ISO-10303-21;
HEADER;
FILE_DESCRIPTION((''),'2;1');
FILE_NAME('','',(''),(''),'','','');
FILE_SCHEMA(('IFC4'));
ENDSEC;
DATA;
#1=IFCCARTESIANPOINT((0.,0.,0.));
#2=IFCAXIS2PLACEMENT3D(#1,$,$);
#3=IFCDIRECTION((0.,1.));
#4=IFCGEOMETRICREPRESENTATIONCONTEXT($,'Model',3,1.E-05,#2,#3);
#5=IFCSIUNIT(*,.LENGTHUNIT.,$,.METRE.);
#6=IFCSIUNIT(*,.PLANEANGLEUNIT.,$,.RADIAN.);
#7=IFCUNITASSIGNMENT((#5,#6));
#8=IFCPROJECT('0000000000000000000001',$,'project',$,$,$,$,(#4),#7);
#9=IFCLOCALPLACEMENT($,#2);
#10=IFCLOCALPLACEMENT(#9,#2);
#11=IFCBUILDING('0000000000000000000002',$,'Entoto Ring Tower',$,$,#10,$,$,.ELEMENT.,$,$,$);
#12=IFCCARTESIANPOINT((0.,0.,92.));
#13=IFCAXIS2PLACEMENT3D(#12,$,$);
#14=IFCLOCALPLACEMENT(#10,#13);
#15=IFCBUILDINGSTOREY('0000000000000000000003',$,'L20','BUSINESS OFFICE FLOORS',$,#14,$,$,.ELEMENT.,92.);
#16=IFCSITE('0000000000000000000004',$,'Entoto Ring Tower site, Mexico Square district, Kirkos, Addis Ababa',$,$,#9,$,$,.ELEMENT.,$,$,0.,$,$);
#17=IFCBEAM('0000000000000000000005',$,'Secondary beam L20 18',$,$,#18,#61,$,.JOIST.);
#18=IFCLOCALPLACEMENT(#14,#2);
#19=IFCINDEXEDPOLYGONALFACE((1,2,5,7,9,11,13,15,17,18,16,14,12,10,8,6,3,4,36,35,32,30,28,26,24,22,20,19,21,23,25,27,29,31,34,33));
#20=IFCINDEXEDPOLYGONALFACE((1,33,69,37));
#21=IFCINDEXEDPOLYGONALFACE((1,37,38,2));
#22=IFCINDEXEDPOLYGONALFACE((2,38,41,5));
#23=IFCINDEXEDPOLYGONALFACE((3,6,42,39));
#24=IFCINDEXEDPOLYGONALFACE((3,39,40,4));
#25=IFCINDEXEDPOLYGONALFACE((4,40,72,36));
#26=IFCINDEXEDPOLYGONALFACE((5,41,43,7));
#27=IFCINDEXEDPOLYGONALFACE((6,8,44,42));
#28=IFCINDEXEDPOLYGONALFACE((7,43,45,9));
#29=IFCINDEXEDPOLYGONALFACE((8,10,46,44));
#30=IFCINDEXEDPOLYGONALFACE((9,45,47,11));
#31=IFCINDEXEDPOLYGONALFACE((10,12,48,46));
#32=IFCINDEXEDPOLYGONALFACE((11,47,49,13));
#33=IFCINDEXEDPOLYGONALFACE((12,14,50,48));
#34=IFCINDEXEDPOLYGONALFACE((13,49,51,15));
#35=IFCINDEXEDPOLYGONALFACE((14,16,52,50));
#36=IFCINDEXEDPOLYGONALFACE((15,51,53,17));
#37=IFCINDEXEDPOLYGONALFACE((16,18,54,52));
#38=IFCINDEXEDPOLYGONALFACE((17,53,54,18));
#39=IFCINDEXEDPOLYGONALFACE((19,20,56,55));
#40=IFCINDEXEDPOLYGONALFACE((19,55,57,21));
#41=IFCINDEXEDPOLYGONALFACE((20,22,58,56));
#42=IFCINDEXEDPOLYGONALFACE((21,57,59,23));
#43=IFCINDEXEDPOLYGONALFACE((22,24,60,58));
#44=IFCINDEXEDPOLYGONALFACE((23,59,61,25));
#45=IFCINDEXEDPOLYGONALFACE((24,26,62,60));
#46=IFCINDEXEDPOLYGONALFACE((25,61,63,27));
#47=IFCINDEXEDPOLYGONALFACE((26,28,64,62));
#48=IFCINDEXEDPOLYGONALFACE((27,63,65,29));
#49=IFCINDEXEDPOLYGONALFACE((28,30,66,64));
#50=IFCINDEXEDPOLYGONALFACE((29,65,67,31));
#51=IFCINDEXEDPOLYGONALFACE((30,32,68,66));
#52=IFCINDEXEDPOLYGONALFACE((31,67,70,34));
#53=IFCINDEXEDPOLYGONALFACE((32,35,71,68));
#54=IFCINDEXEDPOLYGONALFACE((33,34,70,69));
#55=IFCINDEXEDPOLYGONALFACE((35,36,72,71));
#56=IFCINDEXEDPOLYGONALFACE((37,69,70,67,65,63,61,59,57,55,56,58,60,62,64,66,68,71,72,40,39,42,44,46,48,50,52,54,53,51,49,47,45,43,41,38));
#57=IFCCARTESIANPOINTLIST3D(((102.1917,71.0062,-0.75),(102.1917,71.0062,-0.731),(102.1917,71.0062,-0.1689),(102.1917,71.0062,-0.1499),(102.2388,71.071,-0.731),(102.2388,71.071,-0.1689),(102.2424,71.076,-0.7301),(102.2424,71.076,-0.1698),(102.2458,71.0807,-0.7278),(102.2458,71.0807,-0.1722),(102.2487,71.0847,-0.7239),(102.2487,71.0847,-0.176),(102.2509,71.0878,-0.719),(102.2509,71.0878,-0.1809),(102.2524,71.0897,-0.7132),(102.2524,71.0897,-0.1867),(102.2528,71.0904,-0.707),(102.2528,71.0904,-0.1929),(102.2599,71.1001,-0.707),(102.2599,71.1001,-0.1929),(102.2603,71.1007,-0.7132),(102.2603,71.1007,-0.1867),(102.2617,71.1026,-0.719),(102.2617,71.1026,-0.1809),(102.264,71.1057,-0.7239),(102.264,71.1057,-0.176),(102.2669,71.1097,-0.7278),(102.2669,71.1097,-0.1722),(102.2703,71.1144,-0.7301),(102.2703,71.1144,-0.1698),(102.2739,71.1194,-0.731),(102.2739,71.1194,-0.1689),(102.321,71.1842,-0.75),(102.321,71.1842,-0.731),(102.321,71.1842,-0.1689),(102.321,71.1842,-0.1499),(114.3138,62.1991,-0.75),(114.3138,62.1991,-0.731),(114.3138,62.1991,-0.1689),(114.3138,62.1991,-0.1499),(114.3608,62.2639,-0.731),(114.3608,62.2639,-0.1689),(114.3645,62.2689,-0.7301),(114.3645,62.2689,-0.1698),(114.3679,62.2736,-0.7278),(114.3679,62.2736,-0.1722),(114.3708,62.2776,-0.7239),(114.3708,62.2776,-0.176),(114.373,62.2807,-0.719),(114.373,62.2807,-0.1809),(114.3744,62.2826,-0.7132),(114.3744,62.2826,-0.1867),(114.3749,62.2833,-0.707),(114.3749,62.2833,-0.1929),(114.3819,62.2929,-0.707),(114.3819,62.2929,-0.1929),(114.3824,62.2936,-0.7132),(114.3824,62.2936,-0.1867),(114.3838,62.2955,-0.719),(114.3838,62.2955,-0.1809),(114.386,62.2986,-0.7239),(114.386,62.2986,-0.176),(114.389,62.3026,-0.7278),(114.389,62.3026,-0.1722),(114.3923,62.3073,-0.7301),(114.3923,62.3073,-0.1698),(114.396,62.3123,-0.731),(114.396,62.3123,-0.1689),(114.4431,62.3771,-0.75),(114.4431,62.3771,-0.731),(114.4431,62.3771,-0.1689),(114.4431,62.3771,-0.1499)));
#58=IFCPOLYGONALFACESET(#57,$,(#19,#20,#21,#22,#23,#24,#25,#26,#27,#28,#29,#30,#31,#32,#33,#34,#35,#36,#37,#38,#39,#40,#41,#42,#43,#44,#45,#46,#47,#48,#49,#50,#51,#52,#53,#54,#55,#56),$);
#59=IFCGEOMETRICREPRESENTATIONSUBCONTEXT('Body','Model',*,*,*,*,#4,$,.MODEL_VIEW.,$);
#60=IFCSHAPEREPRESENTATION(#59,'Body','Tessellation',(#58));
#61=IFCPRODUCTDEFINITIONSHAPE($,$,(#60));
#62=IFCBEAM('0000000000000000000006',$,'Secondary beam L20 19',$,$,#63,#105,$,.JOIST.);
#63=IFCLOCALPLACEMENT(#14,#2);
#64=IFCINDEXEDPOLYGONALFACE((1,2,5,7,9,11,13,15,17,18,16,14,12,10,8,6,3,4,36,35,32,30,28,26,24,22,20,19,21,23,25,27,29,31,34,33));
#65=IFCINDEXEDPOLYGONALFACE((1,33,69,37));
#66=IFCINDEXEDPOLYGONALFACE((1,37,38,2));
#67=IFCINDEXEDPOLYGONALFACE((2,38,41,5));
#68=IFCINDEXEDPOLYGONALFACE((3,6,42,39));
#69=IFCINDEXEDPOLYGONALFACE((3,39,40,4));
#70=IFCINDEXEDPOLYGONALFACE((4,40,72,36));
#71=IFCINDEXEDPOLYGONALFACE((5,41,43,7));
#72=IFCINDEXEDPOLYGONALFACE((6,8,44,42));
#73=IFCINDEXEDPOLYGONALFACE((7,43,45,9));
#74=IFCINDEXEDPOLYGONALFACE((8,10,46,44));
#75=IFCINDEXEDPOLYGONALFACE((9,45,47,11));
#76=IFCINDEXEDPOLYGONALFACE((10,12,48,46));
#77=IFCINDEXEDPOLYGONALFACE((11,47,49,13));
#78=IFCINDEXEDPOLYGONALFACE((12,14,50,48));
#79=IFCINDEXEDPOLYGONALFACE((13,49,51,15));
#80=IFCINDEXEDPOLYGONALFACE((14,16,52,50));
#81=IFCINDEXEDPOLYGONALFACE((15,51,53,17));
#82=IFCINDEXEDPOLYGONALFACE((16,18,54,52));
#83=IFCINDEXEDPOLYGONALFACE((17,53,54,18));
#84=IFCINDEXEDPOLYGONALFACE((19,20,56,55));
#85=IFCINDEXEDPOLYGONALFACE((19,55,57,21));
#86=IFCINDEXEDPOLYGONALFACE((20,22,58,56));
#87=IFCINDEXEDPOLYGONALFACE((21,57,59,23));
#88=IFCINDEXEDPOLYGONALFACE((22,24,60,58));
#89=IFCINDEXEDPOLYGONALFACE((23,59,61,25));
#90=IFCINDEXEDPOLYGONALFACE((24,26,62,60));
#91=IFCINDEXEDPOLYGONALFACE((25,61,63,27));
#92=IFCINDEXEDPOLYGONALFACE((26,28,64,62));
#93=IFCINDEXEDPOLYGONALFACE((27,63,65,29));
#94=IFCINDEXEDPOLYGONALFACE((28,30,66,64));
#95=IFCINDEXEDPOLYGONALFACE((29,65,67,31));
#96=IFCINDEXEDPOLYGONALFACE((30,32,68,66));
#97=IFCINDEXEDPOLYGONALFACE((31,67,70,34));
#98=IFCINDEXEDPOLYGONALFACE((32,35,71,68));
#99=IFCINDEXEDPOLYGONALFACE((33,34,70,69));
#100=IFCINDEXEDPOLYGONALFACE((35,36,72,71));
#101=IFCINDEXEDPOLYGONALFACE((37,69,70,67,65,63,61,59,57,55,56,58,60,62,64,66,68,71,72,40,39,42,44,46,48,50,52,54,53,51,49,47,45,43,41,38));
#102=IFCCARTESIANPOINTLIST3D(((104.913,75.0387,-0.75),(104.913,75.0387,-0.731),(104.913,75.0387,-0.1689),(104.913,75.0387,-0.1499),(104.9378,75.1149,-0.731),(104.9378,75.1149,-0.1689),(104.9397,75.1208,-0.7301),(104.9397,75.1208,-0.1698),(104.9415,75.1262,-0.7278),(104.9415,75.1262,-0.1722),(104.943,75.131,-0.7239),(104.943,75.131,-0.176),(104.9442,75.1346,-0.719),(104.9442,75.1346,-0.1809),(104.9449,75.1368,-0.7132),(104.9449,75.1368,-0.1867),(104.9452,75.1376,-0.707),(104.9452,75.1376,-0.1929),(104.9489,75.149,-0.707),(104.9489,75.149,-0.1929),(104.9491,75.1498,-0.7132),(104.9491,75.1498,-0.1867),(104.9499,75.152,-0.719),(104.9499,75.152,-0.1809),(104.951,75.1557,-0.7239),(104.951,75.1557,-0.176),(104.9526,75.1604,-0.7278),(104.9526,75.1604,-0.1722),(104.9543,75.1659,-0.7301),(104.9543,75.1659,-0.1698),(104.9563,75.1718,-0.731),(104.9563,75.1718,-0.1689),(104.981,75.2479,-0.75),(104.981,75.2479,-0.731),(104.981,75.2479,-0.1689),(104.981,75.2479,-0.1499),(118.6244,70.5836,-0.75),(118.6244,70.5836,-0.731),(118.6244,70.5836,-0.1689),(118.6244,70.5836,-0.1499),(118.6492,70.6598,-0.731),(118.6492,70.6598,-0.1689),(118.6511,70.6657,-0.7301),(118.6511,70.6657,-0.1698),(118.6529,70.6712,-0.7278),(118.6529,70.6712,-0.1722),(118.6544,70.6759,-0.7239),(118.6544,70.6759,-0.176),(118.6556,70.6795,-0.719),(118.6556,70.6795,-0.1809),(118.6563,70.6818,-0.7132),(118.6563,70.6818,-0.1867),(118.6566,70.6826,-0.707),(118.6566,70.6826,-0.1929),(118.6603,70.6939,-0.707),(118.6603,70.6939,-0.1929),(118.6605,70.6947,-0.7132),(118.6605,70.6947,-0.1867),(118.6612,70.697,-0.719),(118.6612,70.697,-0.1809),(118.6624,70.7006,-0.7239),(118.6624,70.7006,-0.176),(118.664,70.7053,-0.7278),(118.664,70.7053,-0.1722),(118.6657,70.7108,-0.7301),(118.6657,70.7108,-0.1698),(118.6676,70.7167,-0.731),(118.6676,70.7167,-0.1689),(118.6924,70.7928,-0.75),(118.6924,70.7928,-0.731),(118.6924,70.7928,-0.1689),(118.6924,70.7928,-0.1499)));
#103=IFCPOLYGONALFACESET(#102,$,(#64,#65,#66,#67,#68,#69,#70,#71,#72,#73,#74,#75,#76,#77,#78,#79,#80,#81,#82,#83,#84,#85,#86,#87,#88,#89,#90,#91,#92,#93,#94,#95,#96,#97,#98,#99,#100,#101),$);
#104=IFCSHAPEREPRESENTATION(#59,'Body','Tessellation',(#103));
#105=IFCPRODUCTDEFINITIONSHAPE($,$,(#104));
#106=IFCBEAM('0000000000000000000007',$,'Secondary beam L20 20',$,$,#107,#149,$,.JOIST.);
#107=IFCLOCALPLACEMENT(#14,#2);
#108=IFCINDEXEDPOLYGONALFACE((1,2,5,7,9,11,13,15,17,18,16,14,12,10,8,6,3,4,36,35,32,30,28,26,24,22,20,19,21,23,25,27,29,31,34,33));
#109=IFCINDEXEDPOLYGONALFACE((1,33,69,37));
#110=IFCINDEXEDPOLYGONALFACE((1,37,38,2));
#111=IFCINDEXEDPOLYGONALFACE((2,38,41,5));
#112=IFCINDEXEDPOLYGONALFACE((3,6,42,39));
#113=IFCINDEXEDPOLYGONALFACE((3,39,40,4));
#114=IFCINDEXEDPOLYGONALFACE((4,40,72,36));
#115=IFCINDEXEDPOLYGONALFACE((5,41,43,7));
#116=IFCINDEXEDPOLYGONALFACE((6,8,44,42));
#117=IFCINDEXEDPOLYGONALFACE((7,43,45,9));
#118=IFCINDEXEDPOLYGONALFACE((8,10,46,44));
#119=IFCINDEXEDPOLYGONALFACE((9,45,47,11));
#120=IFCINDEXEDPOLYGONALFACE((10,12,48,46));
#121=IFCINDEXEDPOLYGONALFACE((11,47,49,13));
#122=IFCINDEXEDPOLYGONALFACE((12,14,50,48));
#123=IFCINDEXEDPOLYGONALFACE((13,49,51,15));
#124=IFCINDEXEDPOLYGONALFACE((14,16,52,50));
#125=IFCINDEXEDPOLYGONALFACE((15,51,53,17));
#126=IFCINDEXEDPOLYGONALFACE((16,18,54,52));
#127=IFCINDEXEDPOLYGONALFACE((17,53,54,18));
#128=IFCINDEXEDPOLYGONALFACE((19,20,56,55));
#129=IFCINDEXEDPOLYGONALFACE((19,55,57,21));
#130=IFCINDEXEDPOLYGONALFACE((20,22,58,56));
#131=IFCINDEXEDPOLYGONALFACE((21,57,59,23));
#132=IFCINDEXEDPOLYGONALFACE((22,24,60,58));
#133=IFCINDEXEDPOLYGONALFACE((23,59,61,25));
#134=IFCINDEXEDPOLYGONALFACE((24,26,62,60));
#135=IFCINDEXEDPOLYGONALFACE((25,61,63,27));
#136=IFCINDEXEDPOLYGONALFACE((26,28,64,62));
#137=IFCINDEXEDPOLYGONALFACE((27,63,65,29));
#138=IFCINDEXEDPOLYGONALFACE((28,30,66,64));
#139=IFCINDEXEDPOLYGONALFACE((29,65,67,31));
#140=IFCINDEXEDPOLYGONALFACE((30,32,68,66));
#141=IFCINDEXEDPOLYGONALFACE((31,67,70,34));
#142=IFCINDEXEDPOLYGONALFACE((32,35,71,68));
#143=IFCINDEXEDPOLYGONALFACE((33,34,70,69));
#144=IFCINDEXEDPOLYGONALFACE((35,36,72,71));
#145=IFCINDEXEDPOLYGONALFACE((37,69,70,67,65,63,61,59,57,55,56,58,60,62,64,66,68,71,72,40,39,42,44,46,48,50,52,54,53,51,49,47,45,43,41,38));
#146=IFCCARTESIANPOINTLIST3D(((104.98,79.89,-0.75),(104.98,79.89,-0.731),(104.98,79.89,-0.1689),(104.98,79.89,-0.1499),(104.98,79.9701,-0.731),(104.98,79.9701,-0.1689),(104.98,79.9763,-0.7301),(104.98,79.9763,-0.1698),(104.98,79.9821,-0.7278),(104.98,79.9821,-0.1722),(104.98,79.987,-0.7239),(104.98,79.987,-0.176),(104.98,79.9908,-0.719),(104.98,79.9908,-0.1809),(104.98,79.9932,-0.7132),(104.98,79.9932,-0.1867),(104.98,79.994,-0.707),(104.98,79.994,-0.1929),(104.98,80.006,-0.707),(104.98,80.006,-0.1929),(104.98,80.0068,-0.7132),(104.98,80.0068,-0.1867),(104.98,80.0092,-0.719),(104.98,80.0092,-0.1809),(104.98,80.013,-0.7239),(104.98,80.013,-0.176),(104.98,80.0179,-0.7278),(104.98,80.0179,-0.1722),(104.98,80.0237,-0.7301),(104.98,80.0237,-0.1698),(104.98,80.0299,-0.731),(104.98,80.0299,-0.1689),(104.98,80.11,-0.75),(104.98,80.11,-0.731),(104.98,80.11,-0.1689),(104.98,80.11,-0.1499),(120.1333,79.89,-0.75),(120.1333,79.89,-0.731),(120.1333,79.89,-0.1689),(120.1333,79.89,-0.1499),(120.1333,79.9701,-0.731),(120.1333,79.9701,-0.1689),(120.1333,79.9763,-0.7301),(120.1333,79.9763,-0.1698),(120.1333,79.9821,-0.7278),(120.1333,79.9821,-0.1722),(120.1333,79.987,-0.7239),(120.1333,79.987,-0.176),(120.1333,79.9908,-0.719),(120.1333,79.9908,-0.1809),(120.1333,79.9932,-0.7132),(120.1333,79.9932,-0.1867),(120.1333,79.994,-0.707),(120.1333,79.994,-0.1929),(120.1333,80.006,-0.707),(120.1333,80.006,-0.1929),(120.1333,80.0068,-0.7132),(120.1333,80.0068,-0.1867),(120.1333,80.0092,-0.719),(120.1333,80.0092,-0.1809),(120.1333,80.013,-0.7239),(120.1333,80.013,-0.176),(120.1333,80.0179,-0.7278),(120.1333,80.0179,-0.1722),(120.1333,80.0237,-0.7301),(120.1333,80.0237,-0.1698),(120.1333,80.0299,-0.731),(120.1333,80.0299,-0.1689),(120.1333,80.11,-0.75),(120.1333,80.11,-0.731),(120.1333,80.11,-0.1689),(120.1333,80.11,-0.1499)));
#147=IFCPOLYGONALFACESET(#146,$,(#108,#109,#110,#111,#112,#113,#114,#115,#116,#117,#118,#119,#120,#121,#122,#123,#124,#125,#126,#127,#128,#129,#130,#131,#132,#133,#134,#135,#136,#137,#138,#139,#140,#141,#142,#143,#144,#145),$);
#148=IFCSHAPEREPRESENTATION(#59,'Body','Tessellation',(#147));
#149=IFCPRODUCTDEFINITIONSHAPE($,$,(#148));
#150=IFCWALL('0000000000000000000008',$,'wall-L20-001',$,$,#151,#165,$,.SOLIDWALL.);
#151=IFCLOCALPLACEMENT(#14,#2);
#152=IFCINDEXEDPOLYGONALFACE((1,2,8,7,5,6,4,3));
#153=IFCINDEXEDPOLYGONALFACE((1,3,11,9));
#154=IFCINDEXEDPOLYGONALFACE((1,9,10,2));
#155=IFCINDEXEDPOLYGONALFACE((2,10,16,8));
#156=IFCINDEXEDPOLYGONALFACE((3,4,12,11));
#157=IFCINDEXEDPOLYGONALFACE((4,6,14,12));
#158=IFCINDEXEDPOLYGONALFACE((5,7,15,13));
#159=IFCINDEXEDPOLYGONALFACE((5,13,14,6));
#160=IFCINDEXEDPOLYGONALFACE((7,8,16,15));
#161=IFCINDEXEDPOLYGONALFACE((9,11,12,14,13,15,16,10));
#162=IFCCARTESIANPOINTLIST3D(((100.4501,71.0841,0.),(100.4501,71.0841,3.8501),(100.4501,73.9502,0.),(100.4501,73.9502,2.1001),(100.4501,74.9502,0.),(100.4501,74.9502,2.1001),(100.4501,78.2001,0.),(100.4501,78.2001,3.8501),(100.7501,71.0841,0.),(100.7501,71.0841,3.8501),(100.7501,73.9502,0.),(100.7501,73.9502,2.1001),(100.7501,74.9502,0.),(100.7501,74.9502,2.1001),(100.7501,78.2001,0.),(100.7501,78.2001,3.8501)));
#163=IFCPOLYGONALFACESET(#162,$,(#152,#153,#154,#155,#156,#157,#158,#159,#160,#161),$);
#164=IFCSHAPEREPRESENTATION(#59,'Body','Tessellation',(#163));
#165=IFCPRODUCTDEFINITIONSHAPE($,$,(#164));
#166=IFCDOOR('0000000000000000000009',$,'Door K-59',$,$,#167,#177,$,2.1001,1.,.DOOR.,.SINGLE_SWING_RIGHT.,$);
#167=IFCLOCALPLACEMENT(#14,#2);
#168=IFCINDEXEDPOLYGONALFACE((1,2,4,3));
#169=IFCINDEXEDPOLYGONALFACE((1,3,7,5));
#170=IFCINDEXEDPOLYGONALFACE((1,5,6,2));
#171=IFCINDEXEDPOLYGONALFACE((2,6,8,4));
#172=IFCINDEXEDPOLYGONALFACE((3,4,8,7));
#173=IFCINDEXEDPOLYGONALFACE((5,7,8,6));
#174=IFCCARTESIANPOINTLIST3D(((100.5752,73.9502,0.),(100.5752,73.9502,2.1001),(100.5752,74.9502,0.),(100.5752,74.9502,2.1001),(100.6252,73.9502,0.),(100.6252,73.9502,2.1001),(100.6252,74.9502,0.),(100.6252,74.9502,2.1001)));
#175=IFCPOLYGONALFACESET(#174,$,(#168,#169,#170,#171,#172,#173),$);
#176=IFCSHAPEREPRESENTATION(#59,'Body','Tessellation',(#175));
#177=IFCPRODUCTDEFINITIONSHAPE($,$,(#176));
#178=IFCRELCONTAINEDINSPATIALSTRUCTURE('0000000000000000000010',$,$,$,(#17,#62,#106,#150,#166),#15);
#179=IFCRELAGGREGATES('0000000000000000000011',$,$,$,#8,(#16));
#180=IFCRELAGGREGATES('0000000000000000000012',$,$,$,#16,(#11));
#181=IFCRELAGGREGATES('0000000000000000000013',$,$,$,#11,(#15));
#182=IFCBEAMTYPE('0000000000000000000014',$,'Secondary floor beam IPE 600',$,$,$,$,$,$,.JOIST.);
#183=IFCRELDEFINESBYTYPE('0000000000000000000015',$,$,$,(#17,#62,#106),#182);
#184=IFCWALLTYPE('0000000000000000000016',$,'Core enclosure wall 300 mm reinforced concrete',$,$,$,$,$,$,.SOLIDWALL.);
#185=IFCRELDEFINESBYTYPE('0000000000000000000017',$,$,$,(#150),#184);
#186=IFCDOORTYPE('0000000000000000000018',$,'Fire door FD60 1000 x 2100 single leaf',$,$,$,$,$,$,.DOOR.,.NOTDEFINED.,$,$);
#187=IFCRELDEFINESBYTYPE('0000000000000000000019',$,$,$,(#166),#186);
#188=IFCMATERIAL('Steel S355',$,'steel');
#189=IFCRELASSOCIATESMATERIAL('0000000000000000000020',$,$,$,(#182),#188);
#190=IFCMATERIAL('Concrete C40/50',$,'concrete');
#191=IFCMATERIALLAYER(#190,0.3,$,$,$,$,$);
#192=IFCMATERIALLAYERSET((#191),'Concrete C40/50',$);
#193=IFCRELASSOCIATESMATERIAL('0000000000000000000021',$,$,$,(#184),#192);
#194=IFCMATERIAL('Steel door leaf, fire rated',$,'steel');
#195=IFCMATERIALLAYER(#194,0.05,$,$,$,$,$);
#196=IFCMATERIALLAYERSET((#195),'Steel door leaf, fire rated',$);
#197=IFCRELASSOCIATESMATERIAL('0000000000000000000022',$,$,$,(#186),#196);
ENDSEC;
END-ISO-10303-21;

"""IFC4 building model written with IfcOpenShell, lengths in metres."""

from ifc_helpers import new_model, si_unit, direction, frame, frame_2d, origin, origin_2d, place, context, subcontext, project, spatial, rectangle, i_section, extrude, material, layer, layer_set, material_profile, profile_set, type_object, element, fill, save


model = new_model("IFC4")

# Units and contexts
model_context = context("Model", 3, precision=1e-05, world=origin(), true_north=direction((0.0, 1.0)))
body_context = subcontext(model_context, "Body", "Model", "MODEL_VIEW")
ifc_project = project(units=[si_unit("LENGTHUNIT", "METRE"), si_unit("PLANEANGLEUNIT", "RADIAN")], contexts=[model_context])

# Site, building, storey
site_placement = place(None, origin())
site = spatial("IfcSite", under=ifc_project, at=site_placement, Name="Entoto Ring Tower site, Mexico Square district, Kirkos, Addis Ababa", CompositionType="ELEMENT", RefElevation=0.0)
building_placement = place(site_placement, origin())
building = spatial("IfcBuilding", under=site, at=building_placement, Name="Entoto Ring Tower", CompositionType="ELEMENT")
storey_placement = place(building_placement, frame((0.0, 0.0, 92.0)))
storey = spatial("IfcBuildingStorey", under=building, at=storey_placement, Name="L20", Description="BUSINESS OFFICE FLOORS", CompositionType="ELEMENT", Elevation=92.0)

# Beams
ifc_material_1 = material(Name="Steel S355", Category="steel")
ifc_material_profile_1 = material_profile(ifc_material_1, i_section(OverallWidth=0.22, OverallDepth=0.6001, WebThickness=0.012, FlangeThickness=0.019, FilletRadius=0.0239, at=origin_2d()), Name="IPE 600")
ifc_profile_set_1 = profile_set([ifc_material_profile_1], Name="Steel S355")
beam_type_1 = type_object("IfcBeamType", Name="Secondary floor beam IPE 600", PredefinedType="JOIST", material=ifc_profile_set_1)
beam_1_placement = place(storey_placement, frame((102.2563, 71.0952, -0.45), z_axis=(0.809019, -0.587782, 0.0), x_axis=(0.587782, 0.809019, 0.0)))
element("IfcBeam", 1, at=beam_1_placement, inside=storey, type_object=beam_type_1, Name="Secondary beam L20 18", PredefinedType="JOIST", context=body_context, shape_type="SweptSolid", body=[
    extrude(i_section(OverallWidth=0.22, OverallDepth=0.6001, WebThickness=0.012, FlangeThickness=0.019, FilletRadius=0.0239, at=origin_2d()), origin(), (0.0, 0.0, 1.0), 14.9836),
])
beam_2_placement = place(storey_placement, frame((104.947, 75.1433, -0.45), z_axis=(0.951057, -0.309015, 0.0), x_axis=(0.309015, 0.951057, 0.0)))
element("IfcBeam", 2, at=beam_2_placement, inside=storey, type_object=beam_type_1, Name="Secondary beam L20 19", PredefinedType="JOIST", context=body_context, shape_type="SweptSolid", body=[
    extrude(i_section(OverallWidth=0.22, OverallDepth=0.6001, WebThickness=0.012, FlangeThickness=0.019, FilletRadius=0.0239, at=origin_2d()), origin(), (0.0, 0.0, 1.0), 14.417),
])
beam_3_placement = place(storey_placement, frame((104.98, 80.0, -0.45), z_axis=(1.0, 0.0, 0.0), x_axis=(0.0, 1.0, 0.0)))
element("IfcBeam", 3, at=beam_3_placement, inside=storey, type_object=beam_type_1, Name="Secondary beam L20 20", PredefinedType="JOIST", context=body_context, shape_type="SweptSolid", body=[
    extrude(i_section(OverallWidth=0.22, OverallDepth=0.6001, WebThickness=0.012, FlangeThickness=0.019, FilletRadius=0.0239, at=origin_2d()), origin(), (0.0, 0.0, 1.0), 15.1533),
])

# Wall, opening, door
ifc_material_2 = material(Name="Concrete C40/50", Category="concrete")
ifc_layer_1 = layer(ifc_material_2, 0.3)
ifc_layer_set_1 = layer_set([ifc_layer_1], Name="Concrete C40/50")
wall_type_1 = type_object("IfcWallType", Name="Core enclosure wall 300 mm reinforced concrete", PredefinedType="SOLIDWALL", material=ifc_layer_set_1)
wall_1_placement = place(storey_placement, frame((100.6001, 71.084, 0.0), z_axis=(0.0, 0.0, 1.0), x_axis=(0.0, 1.0, 0.0)))
wall_1 = element("IfcWall", 4, at=wall_1_placement, inside=storey, type_object=wall_type_1, Name="wall-L20-001", PredefinedType="SOLIDWALL", context=body_context, shape_type="SweptSolid", body=[
    extrude(rectangle(XDim=7.116, YDim=0.3, at=frame_2d((3.5581, 0.0))), origin(), (0.0, 0.0, 1.0), 3.8501),
])
opening_1_placement = place(wall_1_placement, frame((2.8662, 0.0, 0.0)))
opening_1 = element("IfcOpeningElement", 5, at=opening_1_placement, cuts=wall_1, PredefinedType="OPENING", context=body_context, shape_type="SweptSolid", body=[
    extrude(rectangle(XDim=1.0, YDim=2.1001, at=frame_2d((0.5, 1.05))), frame((0.0, 0.1602, 0.0), z_axis=(0.0, -1.0, 0.0), x_axis=(1.0, 0.0, 0.0)), (0.0, 0.0, 1.0), 0.3201),
])
ifc_material_3 = material(Name="Steel door leaf, fire rated", Category="steel")
ifc_layer_2 = layer(ifc_material_3, 0.05)
ifc_layer_set_2 = layer_set([ifc_layer_2], Name="Steel door leaf, fire rated")
door_type_1 = type_object("IfcDoorType", Name="Fire door FD60 1000 x 2100 single leaf", OperationType="NOTDEFINED", PredefinedType="DOOR", material=ifc_layer_set_2)
door_1_placement = place(opening_1_placement, origin())
door_1 = element("IfcDoor", 6, at=door_1_placement, inside=storey, type_object=door_type_1, Name="Door K-59", OperationType="SINGLE_SWING_RIGHT", OverallHeight=2.1001, OverallWidth=1.0, PredefinedType="DOOR", context=body_context, shape_type="SweptSolid", body=[
    extrude(rectangle(XDim=1.0, YDim=2.1001, at=frame_2d((0.5, 1.05))), frame((0.0, 0.0249, 0.0), z_axis=(0.0, -1.0, 0.0), x_axis=(1.0, 0.0, 0.0)), (0.0, 0.0, 1.0), 0.05),
])
fill(opening_1, door_1)

save(model, "model.ifc")
